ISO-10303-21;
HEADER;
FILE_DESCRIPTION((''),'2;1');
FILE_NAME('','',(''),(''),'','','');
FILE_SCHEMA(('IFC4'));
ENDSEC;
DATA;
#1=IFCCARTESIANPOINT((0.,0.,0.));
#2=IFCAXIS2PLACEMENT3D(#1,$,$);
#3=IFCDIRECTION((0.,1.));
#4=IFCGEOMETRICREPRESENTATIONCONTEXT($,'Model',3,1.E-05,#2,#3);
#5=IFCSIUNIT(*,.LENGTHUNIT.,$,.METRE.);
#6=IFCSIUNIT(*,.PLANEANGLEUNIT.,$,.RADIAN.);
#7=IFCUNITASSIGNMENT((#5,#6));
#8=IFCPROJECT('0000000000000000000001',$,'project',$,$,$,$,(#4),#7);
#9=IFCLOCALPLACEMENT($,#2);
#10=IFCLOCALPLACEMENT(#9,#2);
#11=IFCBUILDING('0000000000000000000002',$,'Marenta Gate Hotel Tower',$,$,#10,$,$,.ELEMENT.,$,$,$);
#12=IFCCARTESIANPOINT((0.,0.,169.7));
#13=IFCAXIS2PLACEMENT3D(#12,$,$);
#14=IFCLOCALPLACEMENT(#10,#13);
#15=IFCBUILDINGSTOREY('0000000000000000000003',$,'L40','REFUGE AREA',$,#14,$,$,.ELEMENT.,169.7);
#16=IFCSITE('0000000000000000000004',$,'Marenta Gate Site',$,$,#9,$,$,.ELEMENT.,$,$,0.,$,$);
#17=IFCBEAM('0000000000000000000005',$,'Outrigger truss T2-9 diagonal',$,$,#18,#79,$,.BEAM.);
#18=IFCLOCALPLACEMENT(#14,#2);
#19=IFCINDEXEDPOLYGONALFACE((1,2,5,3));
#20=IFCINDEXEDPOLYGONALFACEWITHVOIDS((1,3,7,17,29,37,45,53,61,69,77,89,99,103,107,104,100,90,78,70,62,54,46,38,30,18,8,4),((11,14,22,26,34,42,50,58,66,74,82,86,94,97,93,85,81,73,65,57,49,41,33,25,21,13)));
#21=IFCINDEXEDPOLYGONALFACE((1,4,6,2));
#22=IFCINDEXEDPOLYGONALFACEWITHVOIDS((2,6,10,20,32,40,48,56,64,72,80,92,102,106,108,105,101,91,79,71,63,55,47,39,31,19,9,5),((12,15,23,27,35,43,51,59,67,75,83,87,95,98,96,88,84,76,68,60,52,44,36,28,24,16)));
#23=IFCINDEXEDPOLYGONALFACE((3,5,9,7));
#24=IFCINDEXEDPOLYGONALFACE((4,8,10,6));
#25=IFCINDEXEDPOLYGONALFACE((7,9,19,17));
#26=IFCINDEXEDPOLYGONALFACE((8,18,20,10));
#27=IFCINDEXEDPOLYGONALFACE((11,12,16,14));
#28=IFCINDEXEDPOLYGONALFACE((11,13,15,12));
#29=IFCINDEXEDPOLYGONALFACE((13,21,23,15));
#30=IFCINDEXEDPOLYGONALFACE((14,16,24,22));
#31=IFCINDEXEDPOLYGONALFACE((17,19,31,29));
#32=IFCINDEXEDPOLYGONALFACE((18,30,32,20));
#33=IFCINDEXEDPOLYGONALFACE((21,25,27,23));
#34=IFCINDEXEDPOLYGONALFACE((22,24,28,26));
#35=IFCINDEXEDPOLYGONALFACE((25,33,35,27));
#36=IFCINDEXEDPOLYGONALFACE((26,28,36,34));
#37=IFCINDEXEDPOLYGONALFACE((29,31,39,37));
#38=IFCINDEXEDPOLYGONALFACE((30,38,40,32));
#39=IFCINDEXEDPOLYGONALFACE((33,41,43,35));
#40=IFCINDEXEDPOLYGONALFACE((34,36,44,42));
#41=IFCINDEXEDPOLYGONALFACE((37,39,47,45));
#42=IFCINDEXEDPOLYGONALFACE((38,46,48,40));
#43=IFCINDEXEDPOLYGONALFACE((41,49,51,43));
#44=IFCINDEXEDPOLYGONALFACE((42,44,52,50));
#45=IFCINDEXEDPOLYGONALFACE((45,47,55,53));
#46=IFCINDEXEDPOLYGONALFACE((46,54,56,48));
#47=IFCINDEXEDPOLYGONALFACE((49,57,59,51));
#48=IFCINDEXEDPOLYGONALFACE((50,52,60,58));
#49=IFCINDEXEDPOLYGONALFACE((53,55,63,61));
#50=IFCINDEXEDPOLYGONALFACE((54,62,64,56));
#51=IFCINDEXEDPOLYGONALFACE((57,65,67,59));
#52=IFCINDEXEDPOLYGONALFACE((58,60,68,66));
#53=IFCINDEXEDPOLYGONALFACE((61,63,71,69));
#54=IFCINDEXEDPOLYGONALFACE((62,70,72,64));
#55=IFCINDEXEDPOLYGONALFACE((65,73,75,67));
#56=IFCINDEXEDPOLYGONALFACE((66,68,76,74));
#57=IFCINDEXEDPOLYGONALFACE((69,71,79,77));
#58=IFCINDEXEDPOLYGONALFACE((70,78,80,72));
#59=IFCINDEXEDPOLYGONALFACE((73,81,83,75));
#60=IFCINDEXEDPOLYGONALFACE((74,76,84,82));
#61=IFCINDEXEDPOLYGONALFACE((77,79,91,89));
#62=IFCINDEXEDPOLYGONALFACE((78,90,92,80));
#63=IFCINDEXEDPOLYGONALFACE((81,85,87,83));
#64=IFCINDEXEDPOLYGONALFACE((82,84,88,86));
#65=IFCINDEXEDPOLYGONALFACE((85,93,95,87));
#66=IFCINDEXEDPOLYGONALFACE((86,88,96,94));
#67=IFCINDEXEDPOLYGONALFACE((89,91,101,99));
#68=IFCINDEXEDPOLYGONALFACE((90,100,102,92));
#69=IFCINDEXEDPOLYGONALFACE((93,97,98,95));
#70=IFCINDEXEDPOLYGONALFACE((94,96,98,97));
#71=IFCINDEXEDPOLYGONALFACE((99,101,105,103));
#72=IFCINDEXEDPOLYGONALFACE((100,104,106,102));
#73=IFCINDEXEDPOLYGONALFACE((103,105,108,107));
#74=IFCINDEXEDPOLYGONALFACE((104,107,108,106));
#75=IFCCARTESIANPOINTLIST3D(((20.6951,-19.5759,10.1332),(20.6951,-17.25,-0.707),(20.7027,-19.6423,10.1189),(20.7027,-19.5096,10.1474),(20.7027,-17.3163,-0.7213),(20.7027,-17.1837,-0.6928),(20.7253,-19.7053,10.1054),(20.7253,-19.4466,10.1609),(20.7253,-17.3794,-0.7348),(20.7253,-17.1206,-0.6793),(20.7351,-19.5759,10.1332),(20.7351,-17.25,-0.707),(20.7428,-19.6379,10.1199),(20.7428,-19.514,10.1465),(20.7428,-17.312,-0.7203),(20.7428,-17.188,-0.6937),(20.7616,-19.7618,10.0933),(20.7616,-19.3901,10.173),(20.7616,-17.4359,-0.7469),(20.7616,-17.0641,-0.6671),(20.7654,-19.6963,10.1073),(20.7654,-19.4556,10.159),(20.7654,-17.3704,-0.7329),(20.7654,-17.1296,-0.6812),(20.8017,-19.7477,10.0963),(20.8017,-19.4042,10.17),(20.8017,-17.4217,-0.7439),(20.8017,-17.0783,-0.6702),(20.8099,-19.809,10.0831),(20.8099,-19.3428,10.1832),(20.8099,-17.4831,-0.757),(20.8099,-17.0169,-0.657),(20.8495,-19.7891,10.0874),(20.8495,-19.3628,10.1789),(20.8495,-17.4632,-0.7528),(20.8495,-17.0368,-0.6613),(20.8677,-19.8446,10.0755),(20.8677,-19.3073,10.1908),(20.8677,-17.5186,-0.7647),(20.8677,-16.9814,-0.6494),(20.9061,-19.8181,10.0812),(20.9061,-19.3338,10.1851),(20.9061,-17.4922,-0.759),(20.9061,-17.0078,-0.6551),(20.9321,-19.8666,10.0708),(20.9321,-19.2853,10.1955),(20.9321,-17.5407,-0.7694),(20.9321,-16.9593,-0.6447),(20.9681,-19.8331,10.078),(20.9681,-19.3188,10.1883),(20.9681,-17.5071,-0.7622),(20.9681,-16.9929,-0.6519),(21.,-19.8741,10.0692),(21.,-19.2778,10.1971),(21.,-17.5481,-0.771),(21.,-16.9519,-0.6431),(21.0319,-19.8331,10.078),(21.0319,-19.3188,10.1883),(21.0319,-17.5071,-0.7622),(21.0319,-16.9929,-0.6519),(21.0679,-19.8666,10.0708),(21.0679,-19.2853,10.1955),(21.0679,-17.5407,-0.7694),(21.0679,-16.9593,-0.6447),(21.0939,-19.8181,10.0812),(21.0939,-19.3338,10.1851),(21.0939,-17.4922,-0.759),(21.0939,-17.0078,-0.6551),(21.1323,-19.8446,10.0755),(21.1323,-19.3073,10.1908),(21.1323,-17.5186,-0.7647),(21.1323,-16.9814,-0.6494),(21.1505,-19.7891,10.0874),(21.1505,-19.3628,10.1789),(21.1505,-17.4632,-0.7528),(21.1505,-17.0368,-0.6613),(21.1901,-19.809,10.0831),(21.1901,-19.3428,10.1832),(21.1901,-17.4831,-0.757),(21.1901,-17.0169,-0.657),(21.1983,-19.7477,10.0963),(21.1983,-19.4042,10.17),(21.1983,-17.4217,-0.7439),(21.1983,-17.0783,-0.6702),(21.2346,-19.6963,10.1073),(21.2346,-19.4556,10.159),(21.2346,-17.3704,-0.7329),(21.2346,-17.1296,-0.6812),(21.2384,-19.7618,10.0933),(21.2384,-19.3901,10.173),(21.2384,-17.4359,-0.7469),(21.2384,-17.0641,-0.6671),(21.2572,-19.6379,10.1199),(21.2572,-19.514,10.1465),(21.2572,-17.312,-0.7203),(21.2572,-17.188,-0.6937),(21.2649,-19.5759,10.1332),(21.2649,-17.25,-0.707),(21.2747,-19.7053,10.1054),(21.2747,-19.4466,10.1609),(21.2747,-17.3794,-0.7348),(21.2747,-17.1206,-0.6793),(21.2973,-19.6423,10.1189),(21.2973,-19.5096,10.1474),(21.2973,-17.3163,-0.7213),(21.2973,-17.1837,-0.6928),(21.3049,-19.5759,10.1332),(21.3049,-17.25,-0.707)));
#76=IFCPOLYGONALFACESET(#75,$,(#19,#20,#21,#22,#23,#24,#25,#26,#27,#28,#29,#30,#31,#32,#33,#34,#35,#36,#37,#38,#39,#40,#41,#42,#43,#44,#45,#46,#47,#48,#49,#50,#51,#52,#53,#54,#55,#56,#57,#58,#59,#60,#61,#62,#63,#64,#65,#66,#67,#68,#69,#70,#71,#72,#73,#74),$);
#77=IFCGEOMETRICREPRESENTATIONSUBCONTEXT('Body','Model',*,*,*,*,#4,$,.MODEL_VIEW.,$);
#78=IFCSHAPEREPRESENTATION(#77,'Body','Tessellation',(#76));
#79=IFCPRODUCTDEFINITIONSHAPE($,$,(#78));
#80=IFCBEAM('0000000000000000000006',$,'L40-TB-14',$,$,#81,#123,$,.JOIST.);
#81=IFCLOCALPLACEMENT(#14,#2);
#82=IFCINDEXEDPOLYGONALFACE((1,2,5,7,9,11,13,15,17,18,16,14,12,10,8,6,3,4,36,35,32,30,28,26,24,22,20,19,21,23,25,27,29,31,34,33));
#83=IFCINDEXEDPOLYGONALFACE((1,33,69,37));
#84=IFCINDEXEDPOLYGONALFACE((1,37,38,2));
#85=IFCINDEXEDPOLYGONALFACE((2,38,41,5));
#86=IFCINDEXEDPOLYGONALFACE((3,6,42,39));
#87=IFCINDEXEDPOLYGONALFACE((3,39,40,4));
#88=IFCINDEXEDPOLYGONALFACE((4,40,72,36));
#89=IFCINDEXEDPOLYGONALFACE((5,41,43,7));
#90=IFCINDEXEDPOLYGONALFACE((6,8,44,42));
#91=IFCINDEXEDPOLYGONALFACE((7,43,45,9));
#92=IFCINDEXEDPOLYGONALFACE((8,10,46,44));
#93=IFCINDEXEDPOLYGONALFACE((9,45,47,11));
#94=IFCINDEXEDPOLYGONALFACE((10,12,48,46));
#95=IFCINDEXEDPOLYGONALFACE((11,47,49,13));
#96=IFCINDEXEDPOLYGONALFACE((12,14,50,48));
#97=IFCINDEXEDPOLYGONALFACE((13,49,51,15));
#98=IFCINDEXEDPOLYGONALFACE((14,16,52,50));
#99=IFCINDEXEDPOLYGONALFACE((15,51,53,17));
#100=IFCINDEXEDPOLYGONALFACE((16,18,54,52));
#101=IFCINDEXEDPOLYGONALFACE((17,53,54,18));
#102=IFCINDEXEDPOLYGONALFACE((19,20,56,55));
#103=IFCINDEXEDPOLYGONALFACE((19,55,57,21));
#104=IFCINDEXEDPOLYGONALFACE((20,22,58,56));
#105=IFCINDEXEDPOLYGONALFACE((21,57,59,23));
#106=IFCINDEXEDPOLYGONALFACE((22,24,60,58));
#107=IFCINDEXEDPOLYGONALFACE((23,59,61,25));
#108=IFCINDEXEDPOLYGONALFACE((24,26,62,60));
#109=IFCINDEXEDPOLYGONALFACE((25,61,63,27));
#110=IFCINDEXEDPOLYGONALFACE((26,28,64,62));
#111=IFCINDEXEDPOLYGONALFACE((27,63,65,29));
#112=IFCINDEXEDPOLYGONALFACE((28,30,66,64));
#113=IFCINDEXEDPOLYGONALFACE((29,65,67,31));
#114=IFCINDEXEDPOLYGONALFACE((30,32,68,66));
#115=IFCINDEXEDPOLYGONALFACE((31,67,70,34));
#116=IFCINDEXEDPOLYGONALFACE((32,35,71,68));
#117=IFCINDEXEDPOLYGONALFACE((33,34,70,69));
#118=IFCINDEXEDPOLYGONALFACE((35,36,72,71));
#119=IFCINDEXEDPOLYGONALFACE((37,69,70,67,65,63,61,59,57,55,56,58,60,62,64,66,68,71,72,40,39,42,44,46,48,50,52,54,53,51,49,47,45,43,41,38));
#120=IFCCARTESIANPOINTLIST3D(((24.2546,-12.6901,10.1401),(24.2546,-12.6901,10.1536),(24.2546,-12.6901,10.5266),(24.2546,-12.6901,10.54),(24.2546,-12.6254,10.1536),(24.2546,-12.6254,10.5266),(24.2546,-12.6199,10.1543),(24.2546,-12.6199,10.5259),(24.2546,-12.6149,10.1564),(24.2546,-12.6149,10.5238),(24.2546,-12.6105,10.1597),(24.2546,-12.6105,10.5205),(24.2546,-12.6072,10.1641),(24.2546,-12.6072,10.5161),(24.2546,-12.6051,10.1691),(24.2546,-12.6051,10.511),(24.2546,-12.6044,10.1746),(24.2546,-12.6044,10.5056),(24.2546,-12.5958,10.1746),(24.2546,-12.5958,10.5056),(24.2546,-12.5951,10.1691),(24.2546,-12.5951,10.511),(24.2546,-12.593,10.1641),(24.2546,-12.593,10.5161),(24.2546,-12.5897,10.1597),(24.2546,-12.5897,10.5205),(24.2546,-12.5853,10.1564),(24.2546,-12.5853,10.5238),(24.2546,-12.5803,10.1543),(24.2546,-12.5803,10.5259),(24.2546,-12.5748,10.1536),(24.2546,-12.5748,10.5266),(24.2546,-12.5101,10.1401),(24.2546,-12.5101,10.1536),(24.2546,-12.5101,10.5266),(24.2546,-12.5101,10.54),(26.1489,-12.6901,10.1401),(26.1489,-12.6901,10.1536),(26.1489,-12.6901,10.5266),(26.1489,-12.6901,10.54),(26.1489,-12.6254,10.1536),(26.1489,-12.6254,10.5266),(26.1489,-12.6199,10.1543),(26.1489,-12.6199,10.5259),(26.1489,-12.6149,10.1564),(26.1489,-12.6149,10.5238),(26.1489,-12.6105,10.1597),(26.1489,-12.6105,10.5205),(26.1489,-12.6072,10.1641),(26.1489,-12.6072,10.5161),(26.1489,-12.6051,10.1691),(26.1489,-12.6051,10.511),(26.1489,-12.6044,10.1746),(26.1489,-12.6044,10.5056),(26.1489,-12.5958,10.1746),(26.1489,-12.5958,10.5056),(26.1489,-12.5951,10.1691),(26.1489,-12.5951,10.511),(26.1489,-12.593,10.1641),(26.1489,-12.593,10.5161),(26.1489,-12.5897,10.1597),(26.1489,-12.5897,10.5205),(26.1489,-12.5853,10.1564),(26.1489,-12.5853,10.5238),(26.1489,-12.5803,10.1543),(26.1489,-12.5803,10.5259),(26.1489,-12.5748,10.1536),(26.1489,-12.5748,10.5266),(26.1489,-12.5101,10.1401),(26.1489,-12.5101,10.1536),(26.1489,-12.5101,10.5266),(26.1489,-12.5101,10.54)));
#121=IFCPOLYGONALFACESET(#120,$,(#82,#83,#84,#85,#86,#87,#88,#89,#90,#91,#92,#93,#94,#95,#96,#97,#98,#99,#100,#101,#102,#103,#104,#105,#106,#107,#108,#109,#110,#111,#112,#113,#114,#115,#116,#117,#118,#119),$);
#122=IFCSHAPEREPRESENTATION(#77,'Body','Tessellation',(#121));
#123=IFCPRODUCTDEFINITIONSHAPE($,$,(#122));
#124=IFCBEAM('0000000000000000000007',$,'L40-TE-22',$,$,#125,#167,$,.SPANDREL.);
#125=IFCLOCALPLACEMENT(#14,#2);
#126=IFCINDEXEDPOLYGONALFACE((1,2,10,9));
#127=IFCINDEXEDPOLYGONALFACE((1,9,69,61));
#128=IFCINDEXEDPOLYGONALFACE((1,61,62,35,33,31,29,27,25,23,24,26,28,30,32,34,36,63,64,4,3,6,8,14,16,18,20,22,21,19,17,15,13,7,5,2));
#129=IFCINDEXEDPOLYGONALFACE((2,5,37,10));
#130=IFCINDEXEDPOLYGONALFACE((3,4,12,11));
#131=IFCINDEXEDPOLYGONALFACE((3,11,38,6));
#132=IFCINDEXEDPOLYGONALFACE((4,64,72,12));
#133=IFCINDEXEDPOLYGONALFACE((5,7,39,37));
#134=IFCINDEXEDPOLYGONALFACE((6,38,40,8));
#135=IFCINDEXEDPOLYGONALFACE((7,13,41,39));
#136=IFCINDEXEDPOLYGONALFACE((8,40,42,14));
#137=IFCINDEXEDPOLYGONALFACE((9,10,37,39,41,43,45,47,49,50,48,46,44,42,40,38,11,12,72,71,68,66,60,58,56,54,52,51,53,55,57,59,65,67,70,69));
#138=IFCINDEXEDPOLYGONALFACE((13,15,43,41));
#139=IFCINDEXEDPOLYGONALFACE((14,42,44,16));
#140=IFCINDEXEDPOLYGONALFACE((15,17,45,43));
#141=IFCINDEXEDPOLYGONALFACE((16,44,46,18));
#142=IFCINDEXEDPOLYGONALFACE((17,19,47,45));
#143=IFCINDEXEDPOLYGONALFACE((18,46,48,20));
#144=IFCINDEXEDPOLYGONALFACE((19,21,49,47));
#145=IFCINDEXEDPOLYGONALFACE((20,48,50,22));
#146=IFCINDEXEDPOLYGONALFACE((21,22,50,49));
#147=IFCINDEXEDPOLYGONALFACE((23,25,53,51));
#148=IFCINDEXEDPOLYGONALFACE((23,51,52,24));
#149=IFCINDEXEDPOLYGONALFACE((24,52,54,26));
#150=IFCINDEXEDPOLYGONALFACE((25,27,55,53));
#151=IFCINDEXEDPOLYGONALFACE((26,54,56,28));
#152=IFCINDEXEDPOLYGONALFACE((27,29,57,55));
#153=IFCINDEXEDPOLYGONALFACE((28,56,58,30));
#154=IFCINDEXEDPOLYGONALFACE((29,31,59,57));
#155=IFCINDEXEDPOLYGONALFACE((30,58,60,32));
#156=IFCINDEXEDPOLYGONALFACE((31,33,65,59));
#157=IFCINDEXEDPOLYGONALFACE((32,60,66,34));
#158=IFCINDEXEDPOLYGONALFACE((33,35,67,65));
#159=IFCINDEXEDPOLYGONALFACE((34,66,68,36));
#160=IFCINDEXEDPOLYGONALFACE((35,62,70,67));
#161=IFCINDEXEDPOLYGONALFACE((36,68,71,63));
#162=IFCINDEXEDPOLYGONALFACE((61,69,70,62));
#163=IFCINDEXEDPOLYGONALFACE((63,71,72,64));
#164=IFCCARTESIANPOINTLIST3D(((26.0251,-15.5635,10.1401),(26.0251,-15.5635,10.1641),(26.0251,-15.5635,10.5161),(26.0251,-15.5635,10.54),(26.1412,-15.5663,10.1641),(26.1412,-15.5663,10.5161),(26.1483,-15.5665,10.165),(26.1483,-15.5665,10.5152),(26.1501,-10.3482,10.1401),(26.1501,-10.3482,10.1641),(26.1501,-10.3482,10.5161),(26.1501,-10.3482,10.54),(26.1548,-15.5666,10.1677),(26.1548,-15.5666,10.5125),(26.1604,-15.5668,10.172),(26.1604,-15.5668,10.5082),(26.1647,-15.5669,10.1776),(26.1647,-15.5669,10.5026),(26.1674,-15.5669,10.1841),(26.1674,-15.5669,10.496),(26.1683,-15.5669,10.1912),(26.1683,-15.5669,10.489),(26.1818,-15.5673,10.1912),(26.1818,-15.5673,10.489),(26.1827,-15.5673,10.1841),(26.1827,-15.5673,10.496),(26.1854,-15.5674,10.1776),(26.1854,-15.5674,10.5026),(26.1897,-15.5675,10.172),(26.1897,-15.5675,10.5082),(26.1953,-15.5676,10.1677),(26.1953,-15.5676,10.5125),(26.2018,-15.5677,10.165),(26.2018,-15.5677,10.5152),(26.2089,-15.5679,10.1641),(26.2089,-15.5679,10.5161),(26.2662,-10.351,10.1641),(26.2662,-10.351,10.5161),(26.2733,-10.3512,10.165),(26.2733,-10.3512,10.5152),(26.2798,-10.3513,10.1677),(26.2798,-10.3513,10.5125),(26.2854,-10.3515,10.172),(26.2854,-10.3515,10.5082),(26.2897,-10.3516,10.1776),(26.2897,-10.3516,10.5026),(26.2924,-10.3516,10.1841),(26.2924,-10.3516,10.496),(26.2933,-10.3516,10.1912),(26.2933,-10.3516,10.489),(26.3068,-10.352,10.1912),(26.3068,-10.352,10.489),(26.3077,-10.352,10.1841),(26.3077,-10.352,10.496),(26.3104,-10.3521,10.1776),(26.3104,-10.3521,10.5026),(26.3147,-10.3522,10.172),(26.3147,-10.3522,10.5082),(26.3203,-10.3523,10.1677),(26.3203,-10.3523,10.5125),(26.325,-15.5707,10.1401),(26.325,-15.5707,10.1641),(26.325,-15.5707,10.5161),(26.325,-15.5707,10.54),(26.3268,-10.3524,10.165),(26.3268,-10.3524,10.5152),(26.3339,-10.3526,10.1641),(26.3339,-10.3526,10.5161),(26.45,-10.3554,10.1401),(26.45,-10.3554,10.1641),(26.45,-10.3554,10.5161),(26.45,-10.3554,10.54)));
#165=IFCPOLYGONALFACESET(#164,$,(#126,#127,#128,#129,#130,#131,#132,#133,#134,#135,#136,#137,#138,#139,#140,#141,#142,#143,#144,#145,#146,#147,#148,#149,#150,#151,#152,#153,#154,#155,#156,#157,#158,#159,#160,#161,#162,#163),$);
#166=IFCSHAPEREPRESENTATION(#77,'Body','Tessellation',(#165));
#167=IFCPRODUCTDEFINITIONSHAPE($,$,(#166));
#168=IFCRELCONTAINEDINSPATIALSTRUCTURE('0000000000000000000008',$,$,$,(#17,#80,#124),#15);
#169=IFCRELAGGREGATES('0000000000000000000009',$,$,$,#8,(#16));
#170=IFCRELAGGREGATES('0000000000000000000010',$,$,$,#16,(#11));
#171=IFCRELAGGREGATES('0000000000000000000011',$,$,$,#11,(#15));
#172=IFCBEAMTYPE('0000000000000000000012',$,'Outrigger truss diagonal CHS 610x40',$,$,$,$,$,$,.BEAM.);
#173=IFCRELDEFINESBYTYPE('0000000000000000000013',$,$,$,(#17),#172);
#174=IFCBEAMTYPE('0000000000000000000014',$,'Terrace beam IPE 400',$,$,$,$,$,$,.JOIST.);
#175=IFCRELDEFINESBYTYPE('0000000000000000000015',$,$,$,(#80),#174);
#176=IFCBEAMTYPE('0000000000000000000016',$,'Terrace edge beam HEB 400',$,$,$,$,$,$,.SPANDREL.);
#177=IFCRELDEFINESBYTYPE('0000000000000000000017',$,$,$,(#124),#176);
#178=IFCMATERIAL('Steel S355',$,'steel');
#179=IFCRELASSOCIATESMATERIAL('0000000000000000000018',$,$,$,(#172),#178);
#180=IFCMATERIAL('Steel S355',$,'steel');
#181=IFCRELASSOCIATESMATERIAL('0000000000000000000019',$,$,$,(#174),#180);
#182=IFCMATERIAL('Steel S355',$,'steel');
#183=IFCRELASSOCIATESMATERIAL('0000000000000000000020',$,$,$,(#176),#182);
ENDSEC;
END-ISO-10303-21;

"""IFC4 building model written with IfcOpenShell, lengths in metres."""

from ifc_helpers import new_model, si_unit, direction, frame, origin, origin_2d, place, context, subcontext, project, spatial, hollow_circle, i_section, extrude, material, material_profile, profile_set, type_object, element, save


model = new_model("IFC4")

# Units and contexts
model_context = context("Model", 3, precision=1e-05, world=origin(), true_north=direction((0.0, 1.0)))
body_context = subcontext(model_context, "Body", "Model", "MODEL_VIEW")
ifc_project = project(units=[si_unit("LENGTHUNIT", "METRE"), si_unit("PLANEANGLEUNIT", "RADIAN")], contexts=[model_context])

# Site, building, storey
site_placement = place(None, origin())
site = spatial("IfcSite", under=ifc_project, at=site_placement, Name="Marenta Gate Site", CompositionType="ELEMENT", RefElevation=0.0)
building_placement = place(site_placement, origin())
building = spatial("IfcBuilding", under=site, at=building_placement, Name="Marenta Gate Hotel Tower", CompositionType="ELEMENT")
storey_placement = place(building_placement, frame((0.0, 0.0, 169.7)))
storey = spatial("IfcBuildingStorey", under=building, at=storey_placement, Name="L40", Description="REFUGE AREA", CompositionType="ELEMENT", Elevation=169.7)

# Beams
ifc_material_1 = material(Name="Steel S355", Category="steel")
ifc_material_profile_1 = material_profile(ifc_material_1, hollow_circle(Radius=0.3049, WallThickness=0.04, at=origin_2d()), Name="CHS 610x40")
ifc_profile_set_1 = profile_set([ifc_material_profile_1], Name="Steel S355")
beam_type_1 = type_object("IfcBeamType", Name="Outrigger truss diagonal CHS 610x40", PredefinedType="BEAM", material=ifc_profile_set_1)
beam_1_placement = place(storey_placement, frame((21.0, -17.25, -0.707), z_axis=(0.0, -0.209792, 0.977746), x_axis=(1.0, 0.0, 0.0)))
element("IfcBeam", 1, at=beam_1_placement, inside=storey, type_object=beam_type_1, Name="Outrigger truss T2-9 diagonal", PredefinedType="BEAM", context=body_context, shape_type="SweptSolid", body=[
    extrude(hollow_circle(Radius=0.3049, WallThickness=0.04, at=origin_2d()), origin(), (0.0, 0.0, 1.0), 11.0869),
])
ifc_material_2 = material(Name="Steel S355", Category="steel")
ifc_material_profile_2 = material_profile(ifc_material_2, i_section(OverallWidth=0.1799, OverallDepth=0.3999, WebThickness=0.0085, FlangeThickness=0.0134, FilletRadius=0.021, at=origin_2d()), Name="IPE 400")
ifc_profile_set_2 = profile_set([ifc_material_profile_2], Name="Steel S355")
beam_type_2 = type_object("IfcBeamType", Name="Terrace beam IPE 400", PredefinedType="JOIST", material=ifc_profile_set_2)
beam_2_placement = place(storey_placement, frame((24.2546, -12.6001, 10.3401), z_axis=(1.0, 0.0, 0.0), x_axis=(0.0, 1.0, 0.0)))
element("IfcBeam", 2, at=beam_2_placement, inside=storey, type_object=beam_type_2, Name="L40-TB-14", PredefinedType="JOIST", context=body_context, shape_type="SweptSolid", body=[
    extrude(i_section(OverallWidth=0.1799, OverallDepth=0.3999, WebThickness=0.0085, FlangeThickness=0.0134, FilletRadius=0.021, at=origin_2d()), origin(), (0.0, 0.0, 1.0), 1.8943),
])
ifc_material_3 = material(Name="Steel S355", Category="steel")
ifc_material_profile_3 = material_profile(ifc_material_3, i_section(OverallWidth=0.3, OverallDepth=0.3999, WebThickness=0.0134, FlangeThickness=0.0239, FilletRadius=0.0271, at=origin_2d()), Name="HEB 400")
ifc_profile_set_3 = profile_set([ifc_material_profile_3], Name="Steel S355")
beam_type_3 = type_object("IfcBeamType", Name="Terrace edge beam HEB 400", PredefinedType="SPANDREL", material=ifc_profile_set_3)
beam_3_placement = place(storey_placement, frame((26.3, -10.3518, 10.3401), z_axis=(-0.023961, -0.999713, 0.0), x_axis=(0.999713, -0.023961, 0.0)))
element("IfcBeam", 3, at=beam_3_placement, inside=storey, type_object=beam_type_3, Name="L40-TE-22", PredefinedType="SPANDREL", context=body_context, shape_type="SweptSolid", body=[
    extrude(i_section(OverallWidth=0.3, OverallDepth=0.3999, WebThickness=0.0134, FlangeThickness=0.0239, FilletRadius=0.0271, at=origin_2d()), origin(), (0.0, 0.0, 1.0), 5.2168),
])

save(model, "model.ifc")
